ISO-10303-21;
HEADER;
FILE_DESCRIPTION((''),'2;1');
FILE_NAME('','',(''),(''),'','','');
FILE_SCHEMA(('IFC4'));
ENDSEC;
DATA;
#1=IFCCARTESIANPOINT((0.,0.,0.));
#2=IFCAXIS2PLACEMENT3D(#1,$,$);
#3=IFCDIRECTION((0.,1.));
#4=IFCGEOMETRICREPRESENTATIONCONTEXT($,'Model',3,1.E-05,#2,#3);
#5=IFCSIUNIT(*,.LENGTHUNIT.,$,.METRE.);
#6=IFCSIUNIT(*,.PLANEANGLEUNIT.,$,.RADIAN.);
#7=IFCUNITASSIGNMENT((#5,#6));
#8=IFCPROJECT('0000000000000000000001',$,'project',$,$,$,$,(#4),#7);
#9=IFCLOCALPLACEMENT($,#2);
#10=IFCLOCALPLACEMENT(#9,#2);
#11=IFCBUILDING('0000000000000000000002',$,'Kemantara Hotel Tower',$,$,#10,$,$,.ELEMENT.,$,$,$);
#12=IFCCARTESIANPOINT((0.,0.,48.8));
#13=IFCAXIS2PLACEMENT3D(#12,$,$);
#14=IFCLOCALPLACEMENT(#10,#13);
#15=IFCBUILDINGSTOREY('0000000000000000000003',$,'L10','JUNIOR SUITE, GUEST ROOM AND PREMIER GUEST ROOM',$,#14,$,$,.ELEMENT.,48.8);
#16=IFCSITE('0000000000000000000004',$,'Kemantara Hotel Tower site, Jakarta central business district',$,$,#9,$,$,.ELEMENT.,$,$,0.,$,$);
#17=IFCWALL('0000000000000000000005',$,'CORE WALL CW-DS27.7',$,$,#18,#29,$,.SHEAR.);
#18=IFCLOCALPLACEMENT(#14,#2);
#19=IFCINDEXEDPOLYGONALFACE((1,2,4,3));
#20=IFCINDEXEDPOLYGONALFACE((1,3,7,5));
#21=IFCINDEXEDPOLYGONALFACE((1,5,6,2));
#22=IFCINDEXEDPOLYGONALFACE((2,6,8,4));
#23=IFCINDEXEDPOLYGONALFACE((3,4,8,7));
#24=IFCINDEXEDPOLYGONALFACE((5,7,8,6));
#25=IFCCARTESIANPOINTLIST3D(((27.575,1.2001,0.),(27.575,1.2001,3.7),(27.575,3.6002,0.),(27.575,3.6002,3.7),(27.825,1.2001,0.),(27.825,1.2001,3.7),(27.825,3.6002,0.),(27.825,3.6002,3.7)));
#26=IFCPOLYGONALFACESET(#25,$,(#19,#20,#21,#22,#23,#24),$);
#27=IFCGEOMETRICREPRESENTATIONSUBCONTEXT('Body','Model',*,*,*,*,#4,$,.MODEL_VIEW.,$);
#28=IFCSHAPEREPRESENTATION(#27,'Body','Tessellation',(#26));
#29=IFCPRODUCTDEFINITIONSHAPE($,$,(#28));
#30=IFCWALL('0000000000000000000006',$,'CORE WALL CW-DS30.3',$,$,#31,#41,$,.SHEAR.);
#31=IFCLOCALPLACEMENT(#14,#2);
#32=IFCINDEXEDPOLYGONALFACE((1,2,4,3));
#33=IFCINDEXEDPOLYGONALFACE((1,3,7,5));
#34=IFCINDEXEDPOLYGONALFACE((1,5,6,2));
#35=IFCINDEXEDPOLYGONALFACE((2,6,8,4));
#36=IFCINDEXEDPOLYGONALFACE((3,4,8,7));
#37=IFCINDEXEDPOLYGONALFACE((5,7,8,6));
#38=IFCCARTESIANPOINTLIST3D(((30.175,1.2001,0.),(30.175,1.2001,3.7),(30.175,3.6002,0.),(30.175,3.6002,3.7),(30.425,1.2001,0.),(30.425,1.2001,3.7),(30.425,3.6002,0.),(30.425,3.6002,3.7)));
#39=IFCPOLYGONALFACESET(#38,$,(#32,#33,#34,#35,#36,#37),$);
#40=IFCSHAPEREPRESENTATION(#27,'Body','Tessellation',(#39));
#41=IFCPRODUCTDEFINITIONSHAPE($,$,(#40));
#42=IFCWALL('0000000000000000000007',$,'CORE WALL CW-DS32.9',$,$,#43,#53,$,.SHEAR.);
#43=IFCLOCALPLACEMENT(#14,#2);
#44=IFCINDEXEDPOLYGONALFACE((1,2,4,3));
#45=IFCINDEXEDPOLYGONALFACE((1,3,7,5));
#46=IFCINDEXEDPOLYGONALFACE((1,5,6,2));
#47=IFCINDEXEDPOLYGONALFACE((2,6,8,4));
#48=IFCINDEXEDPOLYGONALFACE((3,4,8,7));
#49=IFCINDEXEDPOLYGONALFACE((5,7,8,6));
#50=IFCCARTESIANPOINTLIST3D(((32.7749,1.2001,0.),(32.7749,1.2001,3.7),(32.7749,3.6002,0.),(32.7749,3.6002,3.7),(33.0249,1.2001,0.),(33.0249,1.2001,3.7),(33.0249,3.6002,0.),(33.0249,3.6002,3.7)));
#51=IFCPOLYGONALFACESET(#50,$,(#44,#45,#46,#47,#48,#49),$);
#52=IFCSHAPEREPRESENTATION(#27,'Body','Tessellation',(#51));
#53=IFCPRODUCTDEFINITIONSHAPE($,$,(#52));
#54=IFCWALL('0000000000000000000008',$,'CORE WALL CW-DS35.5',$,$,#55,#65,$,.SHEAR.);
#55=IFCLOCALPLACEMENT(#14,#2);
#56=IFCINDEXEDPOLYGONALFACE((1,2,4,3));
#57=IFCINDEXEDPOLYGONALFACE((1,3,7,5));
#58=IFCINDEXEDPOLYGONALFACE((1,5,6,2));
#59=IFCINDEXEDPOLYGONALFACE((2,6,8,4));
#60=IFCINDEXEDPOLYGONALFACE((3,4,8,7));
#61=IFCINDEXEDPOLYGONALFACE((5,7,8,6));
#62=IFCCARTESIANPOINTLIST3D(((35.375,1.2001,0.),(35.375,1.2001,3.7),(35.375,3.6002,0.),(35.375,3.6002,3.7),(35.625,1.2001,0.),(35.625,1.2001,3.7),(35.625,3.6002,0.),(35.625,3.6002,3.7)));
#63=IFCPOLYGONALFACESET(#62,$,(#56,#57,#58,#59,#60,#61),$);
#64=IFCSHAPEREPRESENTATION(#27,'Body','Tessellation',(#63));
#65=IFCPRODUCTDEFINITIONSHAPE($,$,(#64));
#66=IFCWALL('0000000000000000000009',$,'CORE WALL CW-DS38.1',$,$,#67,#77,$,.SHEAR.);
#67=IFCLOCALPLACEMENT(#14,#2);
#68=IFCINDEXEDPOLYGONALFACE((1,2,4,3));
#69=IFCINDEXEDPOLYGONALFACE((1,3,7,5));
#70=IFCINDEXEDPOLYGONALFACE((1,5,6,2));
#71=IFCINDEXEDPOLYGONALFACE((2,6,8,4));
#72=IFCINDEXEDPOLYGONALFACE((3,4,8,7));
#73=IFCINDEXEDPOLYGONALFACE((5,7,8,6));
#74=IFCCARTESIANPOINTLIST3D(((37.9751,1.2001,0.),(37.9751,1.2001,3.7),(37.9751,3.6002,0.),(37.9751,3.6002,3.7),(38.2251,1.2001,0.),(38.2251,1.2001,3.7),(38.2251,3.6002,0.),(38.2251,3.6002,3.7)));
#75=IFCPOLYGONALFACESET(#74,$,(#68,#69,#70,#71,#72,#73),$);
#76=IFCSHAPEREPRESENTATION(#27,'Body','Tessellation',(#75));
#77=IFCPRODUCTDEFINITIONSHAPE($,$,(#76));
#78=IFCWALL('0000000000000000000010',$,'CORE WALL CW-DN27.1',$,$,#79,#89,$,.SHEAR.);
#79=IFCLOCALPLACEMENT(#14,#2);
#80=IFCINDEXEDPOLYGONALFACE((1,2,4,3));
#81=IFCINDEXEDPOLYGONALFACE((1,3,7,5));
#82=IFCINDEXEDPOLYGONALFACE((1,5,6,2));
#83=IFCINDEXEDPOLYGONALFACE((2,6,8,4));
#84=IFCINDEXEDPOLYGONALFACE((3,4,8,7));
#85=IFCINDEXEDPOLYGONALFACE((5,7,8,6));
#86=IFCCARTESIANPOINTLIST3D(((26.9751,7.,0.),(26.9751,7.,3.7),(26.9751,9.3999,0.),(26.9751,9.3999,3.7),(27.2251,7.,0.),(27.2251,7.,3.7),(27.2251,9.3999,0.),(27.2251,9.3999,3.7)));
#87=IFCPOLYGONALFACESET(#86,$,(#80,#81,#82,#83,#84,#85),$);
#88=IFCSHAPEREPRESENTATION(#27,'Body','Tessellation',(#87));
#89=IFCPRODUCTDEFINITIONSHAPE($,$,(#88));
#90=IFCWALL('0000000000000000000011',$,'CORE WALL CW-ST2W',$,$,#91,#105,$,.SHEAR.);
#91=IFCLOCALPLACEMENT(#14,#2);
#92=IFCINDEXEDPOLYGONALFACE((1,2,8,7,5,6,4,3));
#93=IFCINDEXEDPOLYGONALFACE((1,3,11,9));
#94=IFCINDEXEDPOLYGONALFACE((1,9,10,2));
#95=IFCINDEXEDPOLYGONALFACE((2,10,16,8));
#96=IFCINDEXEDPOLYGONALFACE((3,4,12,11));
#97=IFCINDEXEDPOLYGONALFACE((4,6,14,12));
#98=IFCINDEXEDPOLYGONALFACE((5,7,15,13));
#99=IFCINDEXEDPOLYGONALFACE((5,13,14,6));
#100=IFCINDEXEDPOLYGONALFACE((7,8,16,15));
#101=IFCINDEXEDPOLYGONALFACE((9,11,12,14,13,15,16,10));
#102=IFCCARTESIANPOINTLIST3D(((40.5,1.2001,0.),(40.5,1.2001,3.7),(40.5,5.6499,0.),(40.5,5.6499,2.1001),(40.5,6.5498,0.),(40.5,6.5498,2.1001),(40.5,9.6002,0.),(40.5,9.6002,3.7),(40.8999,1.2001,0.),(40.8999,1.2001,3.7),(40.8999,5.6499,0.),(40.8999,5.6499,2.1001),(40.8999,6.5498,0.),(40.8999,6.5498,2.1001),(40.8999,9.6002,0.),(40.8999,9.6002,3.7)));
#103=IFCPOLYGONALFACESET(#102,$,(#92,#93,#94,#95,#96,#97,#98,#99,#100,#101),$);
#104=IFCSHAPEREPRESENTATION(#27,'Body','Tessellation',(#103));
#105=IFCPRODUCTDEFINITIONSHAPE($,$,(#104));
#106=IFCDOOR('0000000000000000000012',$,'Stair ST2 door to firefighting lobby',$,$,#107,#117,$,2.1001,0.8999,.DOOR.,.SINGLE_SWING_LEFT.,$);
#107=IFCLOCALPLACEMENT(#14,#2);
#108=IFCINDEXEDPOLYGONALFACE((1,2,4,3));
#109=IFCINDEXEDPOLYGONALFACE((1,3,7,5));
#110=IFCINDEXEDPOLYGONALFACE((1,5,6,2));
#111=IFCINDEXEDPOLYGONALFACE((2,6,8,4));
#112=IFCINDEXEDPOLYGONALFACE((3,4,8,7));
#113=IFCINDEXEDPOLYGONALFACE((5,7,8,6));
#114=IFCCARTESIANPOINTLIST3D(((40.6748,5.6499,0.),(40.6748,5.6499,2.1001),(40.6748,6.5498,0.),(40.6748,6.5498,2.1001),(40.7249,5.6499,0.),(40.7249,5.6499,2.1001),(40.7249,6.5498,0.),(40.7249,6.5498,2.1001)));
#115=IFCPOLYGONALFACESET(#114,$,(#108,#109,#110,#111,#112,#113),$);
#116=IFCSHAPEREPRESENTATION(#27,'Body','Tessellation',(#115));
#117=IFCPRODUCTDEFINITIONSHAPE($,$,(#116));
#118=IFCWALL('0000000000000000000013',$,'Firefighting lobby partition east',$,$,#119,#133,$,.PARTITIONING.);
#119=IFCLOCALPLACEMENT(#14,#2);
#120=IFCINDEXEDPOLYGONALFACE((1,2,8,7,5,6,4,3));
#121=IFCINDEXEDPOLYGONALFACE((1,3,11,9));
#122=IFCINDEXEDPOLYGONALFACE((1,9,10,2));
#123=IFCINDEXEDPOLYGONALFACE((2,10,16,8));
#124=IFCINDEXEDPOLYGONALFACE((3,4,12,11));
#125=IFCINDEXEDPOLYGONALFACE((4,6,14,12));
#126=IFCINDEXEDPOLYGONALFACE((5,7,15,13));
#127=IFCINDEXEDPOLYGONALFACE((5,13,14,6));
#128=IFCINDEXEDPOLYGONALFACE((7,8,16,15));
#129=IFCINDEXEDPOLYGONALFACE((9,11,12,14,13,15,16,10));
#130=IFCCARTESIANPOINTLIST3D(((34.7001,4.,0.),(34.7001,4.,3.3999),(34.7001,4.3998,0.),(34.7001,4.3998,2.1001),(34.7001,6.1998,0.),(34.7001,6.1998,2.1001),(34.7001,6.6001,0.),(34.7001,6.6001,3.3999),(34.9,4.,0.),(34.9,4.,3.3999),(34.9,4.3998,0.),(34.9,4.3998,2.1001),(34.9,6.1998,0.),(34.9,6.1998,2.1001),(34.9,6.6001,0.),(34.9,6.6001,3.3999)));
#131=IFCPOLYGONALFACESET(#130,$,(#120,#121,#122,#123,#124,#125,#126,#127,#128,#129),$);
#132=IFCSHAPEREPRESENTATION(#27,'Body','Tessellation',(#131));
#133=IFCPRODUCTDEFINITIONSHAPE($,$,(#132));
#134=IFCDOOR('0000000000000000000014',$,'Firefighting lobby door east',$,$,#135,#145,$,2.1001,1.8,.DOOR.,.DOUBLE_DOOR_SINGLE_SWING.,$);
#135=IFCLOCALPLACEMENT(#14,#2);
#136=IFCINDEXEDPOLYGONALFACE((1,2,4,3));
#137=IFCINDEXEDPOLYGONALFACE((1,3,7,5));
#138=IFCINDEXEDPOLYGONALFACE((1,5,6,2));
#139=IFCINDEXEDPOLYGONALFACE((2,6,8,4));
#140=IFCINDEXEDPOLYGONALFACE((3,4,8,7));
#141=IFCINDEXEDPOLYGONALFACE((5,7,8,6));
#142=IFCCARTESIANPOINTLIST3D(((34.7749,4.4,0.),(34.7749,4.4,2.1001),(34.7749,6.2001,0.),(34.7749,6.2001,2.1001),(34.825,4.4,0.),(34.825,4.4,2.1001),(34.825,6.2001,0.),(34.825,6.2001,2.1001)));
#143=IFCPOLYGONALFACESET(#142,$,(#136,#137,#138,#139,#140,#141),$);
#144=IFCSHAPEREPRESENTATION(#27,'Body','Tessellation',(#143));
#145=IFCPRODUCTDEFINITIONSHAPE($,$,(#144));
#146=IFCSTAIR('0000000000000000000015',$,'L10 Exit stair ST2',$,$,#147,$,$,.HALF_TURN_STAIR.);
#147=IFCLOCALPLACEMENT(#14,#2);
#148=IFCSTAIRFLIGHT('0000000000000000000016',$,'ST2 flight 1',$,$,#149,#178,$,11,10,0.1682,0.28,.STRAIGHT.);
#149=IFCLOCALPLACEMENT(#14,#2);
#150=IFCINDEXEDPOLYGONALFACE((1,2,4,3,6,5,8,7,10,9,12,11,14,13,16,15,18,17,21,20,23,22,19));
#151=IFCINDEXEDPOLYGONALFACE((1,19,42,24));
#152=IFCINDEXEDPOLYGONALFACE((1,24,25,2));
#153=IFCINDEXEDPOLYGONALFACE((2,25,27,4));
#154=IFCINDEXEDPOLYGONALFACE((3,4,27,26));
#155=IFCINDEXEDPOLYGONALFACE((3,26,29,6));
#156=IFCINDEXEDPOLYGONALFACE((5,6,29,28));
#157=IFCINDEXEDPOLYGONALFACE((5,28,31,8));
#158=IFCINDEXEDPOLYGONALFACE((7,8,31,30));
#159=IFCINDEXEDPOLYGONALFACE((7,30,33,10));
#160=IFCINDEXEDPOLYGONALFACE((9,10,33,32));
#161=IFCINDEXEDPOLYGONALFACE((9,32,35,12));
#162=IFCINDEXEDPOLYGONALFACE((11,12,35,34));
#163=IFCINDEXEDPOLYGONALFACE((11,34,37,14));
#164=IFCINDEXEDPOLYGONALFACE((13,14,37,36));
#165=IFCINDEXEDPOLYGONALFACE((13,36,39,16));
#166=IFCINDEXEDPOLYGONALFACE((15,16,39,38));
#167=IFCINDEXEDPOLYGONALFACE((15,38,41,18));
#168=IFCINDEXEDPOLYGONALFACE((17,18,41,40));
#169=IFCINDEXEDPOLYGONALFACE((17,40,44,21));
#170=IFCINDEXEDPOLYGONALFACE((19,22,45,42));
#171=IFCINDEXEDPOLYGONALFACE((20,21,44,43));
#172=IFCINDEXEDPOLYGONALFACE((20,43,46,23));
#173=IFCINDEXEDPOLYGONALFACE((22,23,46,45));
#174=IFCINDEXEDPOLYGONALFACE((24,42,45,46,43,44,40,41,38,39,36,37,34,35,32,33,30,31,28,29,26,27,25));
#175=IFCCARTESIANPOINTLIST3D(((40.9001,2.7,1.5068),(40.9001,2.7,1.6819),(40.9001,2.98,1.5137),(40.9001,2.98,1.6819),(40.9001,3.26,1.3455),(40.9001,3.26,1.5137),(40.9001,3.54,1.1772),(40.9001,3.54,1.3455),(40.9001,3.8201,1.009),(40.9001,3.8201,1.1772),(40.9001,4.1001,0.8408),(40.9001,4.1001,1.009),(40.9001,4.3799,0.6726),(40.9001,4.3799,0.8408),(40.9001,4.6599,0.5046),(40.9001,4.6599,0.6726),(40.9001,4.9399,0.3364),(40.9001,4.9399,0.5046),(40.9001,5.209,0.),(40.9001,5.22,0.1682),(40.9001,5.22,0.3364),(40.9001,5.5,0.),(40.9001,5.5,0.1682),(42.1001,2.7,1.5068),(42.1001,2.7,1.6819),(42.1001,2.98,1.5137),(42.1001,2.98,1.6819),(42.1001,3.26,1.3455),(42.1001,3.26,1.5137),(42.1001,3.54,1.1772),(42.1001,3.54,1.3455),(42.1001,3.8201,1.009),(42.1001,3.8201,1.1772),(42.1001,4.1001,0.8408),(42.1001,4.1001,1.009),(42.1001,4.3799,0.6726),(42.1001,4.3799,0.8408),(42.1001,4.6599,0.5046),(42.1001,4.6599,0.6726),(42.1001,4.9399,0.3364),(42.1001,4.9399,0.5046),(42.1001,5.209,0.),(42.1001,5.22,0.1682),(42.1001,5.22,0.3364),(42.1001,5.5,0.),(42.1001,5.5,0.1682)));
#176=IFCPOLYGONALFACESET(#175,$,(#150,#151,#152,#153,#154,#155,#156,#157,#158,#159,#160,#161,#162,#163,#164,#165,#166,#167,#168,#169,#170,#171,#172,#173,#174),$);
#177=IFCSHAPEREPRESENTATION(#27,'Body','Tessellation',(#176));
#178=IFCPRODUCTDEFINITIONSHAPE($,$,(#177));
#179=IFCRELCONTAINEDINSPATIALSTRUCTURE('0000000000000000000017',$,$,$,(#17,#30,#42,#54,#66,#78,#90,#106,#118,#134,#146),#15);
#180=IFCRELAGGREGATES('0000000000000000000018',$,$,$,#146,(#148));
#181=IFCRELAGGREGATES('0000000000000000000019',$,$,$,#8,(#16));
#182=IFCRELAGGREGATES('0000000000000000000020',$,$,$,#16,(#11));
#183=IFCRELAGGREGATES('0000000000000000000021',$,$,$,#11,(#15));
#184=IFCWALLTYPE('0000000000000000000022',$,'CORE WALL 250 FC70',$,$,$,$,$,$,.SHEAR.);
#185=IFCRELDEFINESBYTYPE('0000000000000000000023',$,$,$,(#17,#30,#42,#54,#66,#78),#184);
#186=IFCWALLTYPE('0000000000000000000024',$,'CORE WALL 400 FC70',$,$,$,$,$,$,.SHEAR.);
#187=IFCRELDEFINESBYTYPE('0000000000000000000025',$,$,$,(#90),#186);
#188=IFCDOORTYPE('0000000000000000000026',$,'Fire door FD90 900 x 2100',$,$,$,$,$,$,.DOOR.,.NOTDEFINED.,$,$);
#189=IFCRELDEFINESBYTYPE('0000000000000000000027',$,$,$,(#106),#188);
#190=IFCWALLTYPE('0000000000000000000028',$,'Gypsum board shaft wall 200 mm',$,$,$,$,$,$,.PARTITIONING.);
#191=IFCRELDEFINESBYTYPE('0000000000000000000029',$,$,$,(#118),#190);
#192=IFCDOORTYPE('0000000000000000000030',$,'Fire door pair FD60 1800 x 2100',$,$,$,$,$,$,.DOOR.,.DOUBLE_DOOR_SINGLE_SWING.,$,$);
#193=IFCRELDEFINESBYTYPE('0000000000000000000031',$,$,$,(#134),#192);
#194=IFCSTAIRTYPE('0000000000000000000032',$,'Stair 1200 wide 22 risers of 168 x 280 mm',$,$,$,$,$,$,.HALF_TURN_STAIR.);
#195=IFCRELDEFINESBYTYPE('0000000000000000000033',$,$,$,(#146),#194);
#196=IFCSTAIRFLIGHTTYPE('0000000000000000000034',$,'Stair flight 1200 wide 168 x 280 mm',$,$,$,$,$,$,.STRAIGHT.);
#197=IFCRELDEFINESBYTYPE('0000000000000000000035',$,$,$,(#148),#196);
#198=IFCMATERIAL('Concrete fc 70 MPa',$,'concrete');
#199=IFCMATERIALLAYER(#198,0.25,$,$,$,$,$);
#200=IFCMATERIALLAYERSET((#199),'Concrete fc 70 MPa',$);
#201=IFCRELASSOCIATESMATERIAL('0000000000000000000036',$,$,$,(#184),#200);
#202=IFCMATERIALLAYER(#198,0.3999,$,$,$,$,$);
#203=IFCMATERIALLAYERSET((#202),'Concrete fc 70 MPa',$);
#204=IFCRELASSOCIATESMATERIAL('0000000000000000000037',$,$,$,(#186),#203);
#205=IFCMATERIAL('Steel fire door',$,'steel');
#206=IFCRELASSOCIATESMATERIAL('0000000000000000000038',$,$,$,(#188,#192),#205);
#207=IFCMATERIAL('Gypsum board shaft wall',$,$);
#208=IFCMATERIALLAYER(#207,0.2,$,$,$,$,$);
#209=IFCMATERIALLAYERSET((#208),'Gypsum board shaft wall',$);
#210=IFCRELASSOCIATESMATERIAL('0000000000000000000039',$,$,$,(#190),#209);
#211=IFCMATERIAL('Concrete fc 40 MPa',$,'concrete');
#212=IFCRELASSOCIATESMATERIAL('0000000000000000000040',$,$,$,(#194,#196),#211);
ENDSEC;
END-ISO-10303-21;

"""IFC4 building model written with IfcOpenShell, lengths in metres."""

from ifc_helpers import new_model, si_unit, direction, frame, frame_2d, origin, place, context, subcontext, project, spatial, polyline, rectangle, outline, extrude, material, layer, layer_set, type_object, element, fill, aggregate, save


model = new_model("IFC4")

# Units and contexts
model_context = context("Model", 3, precision=1e-05, world=origin(), true_north=direction((0.0, 1.0)))
body_context = subcontext(model_context, "Body", "Model", "MODEL_VIEW")
ifc_project = project(units=[si_unit("LENGTHUNIT", "METRE"), si_unit("PLANEANGLEUNIT", "RADIAN")], contexts=[model_context])

# Site, building, storey
site_placement = place(None, origin())
site = spatial("IfcSite", under=ifc_project, at=site_placement, Name="Kemantara Hotel Tower site, Jakarta central business district", CompositionType="ELEMENT", RefElevation=0.0)
building_placement = place(site_placement, origin())
building = spatial("IfcBuilding", under=site, at=building_placement, Name="Kemantara Hotel Tower", CompositionType="ELEMENT")
storey_placement = place(building_placement, frame((0.0, 0.0, 48.8)))
storey = spatial("IfcBuildingStorey", under=building, at=storey_placement, Name="L10", Description="JUNIOR SUITE, GUEST ROOM AND PREMIER GUEST ROOM", CompositionType="ELEMENT", Elevation=48.8)

# Walls
ifc_material_1 = material(Name="Concrete fc 70 MPa", Category="concrete")
ifc_layer_1 = layer(ifc_material_1, 0.25)
ifc_layer_set_1 = layer_set([ifc_layer_1], Name="Concrete fc 70 MPa")
wall_type_1 = type_object("IfcWallType", Name="CORE WALL 250 FC70", PredefinedType="SHEAR", material=ifc_layer_set_1)
for number, where, z_axis, x_axis, name in (
    (1, (27.7, 1.2, 0.0), (0.0, 0.0, 1.0), (0.0, 1.0, 0.0), "CORE WALL CW-DS27.7"),
    (2, (30.3, 1.2, 0.0), (0.0, 0.0, 1.0), (0.0, 1.0, 0.0), "CORE WALL CW-DS30.3"),
    (3, (32.8999, 1.2, 0.0), (0.0, 0.0, 1.0), (0.0, 1.0, 0.0), "CORE WALL CW-DS32.9"),
    (4, (35.5, 1.2, 0.0), (0.0, 0.0, 1.0), (0.0, 1.0, 0.0), "CORE WALL CW-DS35.5"),
    (5, (38.1001, 1.2, 0.0), (0.0, 0.0, 1.0), (0.0, 1.0, 0.0), "CORE WALL CW-DS38.1"),
):
    element("IfcWall", number, at=place(storey_placement, frame(where, z_axis=z_axis, x_axis=x_axis)), inside=storey, type_object=wall_type_1, Name=name, PredefinedType="SHEAR", context=body_context, shape_type="SweptSolid", body=[
        extrude(rectangle(XDim=2.4001, YDim=0.25, at=frame_2d((1.2002, 0.0))), origin(), (0.0, 0.0, 1.0), 3.7),
    ])
wall_1_placement = place(storey_placement, frame((27.1001, 7.0, 0.0), z_axis=(0.0, 0.0, 1.0), x_axis=(0.0, 1.0, 0.0)))
element("IfcWall", 6, at=wall_1_placement, inside=storey, type_object=wall_type_1, Name="CORE WALL CW-DN27.1", PredefinedType="SHEAR", context=body_context, shape_type="SweptSolid", body=[
    extrude(rectangle(XDim=2.3999, YDim=0.25, at=frame_2d((1.2, 0.0))), origin(), (0.0, 0.0, 1.0), 3.7),
])

# Walls, openings, doors
ifc_layer_2 = layer(ifc_material_1, 0.3999)
ifc_layer_set_2 = layer_set([ifc_layer_2], Name="Concrete fc 70 MPa")
wall_type_2 = type_object("IfcWallType", Name="CORE WALL 400 FC70", PredefinedType="SHEAR", material=ifc_layer_set_2)
wall_2_placement = place(storey_placement, frame((40.7, 1.2, 0.0), z_axis=(0.0, 0.0, 1.0), x_axis=(0.0, 1.0, 0.0)))
wall_2 = element("IfcWall", 7, at=wall_2_placement, inside=storey, type_object=wall_type_2, Name="CORE WALL CW-ST2W", PredefinedType="SHEAR", context=body_context, shape_type="SweptSolid", body=[
    extrude(rectangle(XDim=8.4001, YDim=0.3999, at=frame_2d((4.2002, 0.0))), origin(), (0.0, 0.0, 1.0), 3.7),
])
opening_1_placement = place(wall_2_placement, frame((4.45, 0.0, 0.0)))
opening_1 = element("IfcOpeningElement", 8, at=opening_1_placement, cuts=wall_2, PredefinedType="OPENING", context=body_context, shape_type="SweptSolid", body=[
    extrude(rectangle(XDim=0.8999, YDim=2.1001, at=frame_2d((0.45, 1.05))), frame((0.0, 0.21, 0.0), z_axis=(0.0, -1.0, 0.0), x_axis=(1.0, 0.0, 0.0)), (0.0, 0.0, 1.0), 0.4199),
])
ifc_material_2 = material(Name="Steel fire door", Category="steel")
door_type_1 = type_object("IfcDoorType", Name="Fire door FD90 900 x 2100", OperationType="NOTDEFINED", PredefinedType="DOOR", material=ifc_material_2)
door_1_placement = place(opening_1_placement, frame((0.8999, 0.0, 0.0), z_axis=(0.0, 0.0, 1.0), x_axis=(-1.0, 0.0, 0.0)))
door_1 = element("IfcDoor", 9, at=door_1_placement, inside=storey, type_object=door_type_1, Name="Stair ST2 door to firefighting lobby", OperationType="SINGLE_SWING_LEFT", OverallHeight=2.1001, OverallWidth=0.8999, PredefinedType="DOOR", context=body_context, shape_type="SweptSolid", body=[
    extrude(rectangle(XDim=0.8999, YDim=2.1001, at=frame_2d((0.45, 1.05))), frame((0.0, 0.0249, 0.0), z_axis=(0.0, -1.0, 0.0), x_axis=(1.0, 0.0, 0.0)), (0.0, 0.0, 1.0), 0.05),
])
fill(opening_1, door_1)
ifc_material_3 = material(Name="Gypsum board shaft wall")
ifc_layer_3 = layer(ifc_material_3, 0.2)
ifc_layer_set_3 = layer_set([ifc_layer_3], Name="Gypsum board shaft wall")
wall_type_3 = type_object("IfcWallType", Name="Gypsum board shaft wall 200 mm", PredefinedType="PARTITIONING", material=ifc_layer_set_3)
wall_3_placement = place(storey_placement, frame((34.8, 4.0, 0.0), z_axis=(0.0, 0.0, 1.0), x_axis=(0.0, 1.0, 0.0)))
wall_3 = element("IfcWall", 10, at=wall_3_placement, inside=storey, type_object=wall_type_3, Name="Firefighting lobby partition east", PredefinedType="PARTITIONING", context=body_context, shape_type="SweptSolid", body=[
    extrude(rectangle(XDim=2.6001, YDim=0.2, at=frame_2d((1.3, 0.0))), origin(), (0.0, 0.0, 1.0), 3.3999),
])
opening_2_placement = place(wall_3_placement, frame((0.3999, 0.0, 0.0)))
opening_2 = element("IfcOpeningElement", 11, at=opening_2_placement, cuts=wall_3, PredefinedType="OPENING", context=body_context, shape_type="SweptSolid", body=[
    extrude(rectangle(XDim=1.8, YDim=2.1001, at=frame_2d((0.8999, 1.05))), frame((0.0, 0.1099, 0.0), z_axis=(0.0, -1.0, 0.0), x_axis=(1.0, 0.0, 0.0)), (0.0, 0.0, 1.0), 0.22),
])
door_type_2 = type_object("IfcDoorType", Name="Fire door pair FD60 1800 x 2100", OperationType="DOUBLE_DOOR_SINGLE_SWING", PredefinedType="DOOR", material=ifc_material_2)
door_2_placement = place(opening_2_placement, frame((1.8, 0.0, 0.0), z_axis=(0.0, 0.0, 1.0), x_axis=(-1.0, 0.0, 0.0)))
door_2 = element("IfcDoor", 12, at=door_2_placement, inside=storey, type_object=door_type_2, Name="Firefighting lobby door east", OperationType="DOUBLE_DOOR_SINGLE_SWING", OverallHeight=2.1001, OverallWidth=1.8, PredefinedType="DOOR", context=body_context, shape_type="SweptSolid", body=[
    extrude(rectangle(XDim=1.8, YDim=2.1001, at=frame_2d((0.8999, 1.05))), frame((0.0, 0.0249, 0.0), z_axis=(0.0, -1.0, 0.0), x_axis=(1.0, 0.0, 0.0)), (0.0, 0.0, 1.0), 0.05),
])
fill(opening_2, door_2)

# Stair, stair flight
ifc_material_4 = material(Name="Concrete fc 40 MPa", Category="concrete")
stair_type = type_object("IfcStairType", Name="Stair 1200 wide 22 risers of 168 x 280 mm", PredefinedType="HALF_TURN_STAIR", material=ifc_material_4)
stair_placement = place(storey_placement, origin())
stair = element("IfcStair", 13, at=stair_placement, inside=storey, type_object=stair_type, Name="L10 Exit stair ST2", PredefinedType="HALF_TURN_STAIR")
stair_flight_type = type_object("IfcStairFlightType", Name="Stair flight 1200 wide 168 x 280 mm", PredefinedType="STRAIGHT", material=ifc_material_4)
stair_flight_placement = place(storey_placement, frame((41.5, 5.5, 0.0), z_axis=(0.0, 0.0, 1.0), x_axis=(0.0, -1.0, 0.0)))
stair_flight = element("IfcStairFlight", 14, at=stair_flight_placement, type_object=stair_flight_type, Name="ST2 flight 1", NumberOfRisers=11, NumberOfTreads=10, PredefinedType="STRAIGHT", RiserHeight=0.1682, TreadLength=0.28, context=body_context, shape_type="SweptSolid", body=[
    extrude(outline(polyline([(0.0, 0.0), (0.0, 0.1682), (0.28, 0.1682), (0.28, 0.3364), (0.5601, 0.3364), (0.5601, 0.5046), (0.8401, 0.5046), (0.8401, 0.6726), (1.1201, 0.6726), (1.1201, 0.8408), (1.3999, 0.8408), (1.3999, 1.009), (1.6799, 1.009), (1.6799, 1.1772), (1.96, 1.1772), (1.96, 1.3455), (2.24, 1.3455), (2.24, 1.5137), (2.52, 1.5137), (2.52, 1.6819), (2.8, 1.6819), (2.8, 1.8501), (2.8, 1.5068), (0.291, 0.0), (0.0, 0.0)])), frame((0.0, 0.6001, 0.0), z_axis=(0.0, -1.0, 0.0), x_axis=(1.0, 0.0, 0.0)), (0.0, 0.0, 1.0), 1.2),
])
aggregate(stair, [stair_flight])

save(model, "model.ifc")
